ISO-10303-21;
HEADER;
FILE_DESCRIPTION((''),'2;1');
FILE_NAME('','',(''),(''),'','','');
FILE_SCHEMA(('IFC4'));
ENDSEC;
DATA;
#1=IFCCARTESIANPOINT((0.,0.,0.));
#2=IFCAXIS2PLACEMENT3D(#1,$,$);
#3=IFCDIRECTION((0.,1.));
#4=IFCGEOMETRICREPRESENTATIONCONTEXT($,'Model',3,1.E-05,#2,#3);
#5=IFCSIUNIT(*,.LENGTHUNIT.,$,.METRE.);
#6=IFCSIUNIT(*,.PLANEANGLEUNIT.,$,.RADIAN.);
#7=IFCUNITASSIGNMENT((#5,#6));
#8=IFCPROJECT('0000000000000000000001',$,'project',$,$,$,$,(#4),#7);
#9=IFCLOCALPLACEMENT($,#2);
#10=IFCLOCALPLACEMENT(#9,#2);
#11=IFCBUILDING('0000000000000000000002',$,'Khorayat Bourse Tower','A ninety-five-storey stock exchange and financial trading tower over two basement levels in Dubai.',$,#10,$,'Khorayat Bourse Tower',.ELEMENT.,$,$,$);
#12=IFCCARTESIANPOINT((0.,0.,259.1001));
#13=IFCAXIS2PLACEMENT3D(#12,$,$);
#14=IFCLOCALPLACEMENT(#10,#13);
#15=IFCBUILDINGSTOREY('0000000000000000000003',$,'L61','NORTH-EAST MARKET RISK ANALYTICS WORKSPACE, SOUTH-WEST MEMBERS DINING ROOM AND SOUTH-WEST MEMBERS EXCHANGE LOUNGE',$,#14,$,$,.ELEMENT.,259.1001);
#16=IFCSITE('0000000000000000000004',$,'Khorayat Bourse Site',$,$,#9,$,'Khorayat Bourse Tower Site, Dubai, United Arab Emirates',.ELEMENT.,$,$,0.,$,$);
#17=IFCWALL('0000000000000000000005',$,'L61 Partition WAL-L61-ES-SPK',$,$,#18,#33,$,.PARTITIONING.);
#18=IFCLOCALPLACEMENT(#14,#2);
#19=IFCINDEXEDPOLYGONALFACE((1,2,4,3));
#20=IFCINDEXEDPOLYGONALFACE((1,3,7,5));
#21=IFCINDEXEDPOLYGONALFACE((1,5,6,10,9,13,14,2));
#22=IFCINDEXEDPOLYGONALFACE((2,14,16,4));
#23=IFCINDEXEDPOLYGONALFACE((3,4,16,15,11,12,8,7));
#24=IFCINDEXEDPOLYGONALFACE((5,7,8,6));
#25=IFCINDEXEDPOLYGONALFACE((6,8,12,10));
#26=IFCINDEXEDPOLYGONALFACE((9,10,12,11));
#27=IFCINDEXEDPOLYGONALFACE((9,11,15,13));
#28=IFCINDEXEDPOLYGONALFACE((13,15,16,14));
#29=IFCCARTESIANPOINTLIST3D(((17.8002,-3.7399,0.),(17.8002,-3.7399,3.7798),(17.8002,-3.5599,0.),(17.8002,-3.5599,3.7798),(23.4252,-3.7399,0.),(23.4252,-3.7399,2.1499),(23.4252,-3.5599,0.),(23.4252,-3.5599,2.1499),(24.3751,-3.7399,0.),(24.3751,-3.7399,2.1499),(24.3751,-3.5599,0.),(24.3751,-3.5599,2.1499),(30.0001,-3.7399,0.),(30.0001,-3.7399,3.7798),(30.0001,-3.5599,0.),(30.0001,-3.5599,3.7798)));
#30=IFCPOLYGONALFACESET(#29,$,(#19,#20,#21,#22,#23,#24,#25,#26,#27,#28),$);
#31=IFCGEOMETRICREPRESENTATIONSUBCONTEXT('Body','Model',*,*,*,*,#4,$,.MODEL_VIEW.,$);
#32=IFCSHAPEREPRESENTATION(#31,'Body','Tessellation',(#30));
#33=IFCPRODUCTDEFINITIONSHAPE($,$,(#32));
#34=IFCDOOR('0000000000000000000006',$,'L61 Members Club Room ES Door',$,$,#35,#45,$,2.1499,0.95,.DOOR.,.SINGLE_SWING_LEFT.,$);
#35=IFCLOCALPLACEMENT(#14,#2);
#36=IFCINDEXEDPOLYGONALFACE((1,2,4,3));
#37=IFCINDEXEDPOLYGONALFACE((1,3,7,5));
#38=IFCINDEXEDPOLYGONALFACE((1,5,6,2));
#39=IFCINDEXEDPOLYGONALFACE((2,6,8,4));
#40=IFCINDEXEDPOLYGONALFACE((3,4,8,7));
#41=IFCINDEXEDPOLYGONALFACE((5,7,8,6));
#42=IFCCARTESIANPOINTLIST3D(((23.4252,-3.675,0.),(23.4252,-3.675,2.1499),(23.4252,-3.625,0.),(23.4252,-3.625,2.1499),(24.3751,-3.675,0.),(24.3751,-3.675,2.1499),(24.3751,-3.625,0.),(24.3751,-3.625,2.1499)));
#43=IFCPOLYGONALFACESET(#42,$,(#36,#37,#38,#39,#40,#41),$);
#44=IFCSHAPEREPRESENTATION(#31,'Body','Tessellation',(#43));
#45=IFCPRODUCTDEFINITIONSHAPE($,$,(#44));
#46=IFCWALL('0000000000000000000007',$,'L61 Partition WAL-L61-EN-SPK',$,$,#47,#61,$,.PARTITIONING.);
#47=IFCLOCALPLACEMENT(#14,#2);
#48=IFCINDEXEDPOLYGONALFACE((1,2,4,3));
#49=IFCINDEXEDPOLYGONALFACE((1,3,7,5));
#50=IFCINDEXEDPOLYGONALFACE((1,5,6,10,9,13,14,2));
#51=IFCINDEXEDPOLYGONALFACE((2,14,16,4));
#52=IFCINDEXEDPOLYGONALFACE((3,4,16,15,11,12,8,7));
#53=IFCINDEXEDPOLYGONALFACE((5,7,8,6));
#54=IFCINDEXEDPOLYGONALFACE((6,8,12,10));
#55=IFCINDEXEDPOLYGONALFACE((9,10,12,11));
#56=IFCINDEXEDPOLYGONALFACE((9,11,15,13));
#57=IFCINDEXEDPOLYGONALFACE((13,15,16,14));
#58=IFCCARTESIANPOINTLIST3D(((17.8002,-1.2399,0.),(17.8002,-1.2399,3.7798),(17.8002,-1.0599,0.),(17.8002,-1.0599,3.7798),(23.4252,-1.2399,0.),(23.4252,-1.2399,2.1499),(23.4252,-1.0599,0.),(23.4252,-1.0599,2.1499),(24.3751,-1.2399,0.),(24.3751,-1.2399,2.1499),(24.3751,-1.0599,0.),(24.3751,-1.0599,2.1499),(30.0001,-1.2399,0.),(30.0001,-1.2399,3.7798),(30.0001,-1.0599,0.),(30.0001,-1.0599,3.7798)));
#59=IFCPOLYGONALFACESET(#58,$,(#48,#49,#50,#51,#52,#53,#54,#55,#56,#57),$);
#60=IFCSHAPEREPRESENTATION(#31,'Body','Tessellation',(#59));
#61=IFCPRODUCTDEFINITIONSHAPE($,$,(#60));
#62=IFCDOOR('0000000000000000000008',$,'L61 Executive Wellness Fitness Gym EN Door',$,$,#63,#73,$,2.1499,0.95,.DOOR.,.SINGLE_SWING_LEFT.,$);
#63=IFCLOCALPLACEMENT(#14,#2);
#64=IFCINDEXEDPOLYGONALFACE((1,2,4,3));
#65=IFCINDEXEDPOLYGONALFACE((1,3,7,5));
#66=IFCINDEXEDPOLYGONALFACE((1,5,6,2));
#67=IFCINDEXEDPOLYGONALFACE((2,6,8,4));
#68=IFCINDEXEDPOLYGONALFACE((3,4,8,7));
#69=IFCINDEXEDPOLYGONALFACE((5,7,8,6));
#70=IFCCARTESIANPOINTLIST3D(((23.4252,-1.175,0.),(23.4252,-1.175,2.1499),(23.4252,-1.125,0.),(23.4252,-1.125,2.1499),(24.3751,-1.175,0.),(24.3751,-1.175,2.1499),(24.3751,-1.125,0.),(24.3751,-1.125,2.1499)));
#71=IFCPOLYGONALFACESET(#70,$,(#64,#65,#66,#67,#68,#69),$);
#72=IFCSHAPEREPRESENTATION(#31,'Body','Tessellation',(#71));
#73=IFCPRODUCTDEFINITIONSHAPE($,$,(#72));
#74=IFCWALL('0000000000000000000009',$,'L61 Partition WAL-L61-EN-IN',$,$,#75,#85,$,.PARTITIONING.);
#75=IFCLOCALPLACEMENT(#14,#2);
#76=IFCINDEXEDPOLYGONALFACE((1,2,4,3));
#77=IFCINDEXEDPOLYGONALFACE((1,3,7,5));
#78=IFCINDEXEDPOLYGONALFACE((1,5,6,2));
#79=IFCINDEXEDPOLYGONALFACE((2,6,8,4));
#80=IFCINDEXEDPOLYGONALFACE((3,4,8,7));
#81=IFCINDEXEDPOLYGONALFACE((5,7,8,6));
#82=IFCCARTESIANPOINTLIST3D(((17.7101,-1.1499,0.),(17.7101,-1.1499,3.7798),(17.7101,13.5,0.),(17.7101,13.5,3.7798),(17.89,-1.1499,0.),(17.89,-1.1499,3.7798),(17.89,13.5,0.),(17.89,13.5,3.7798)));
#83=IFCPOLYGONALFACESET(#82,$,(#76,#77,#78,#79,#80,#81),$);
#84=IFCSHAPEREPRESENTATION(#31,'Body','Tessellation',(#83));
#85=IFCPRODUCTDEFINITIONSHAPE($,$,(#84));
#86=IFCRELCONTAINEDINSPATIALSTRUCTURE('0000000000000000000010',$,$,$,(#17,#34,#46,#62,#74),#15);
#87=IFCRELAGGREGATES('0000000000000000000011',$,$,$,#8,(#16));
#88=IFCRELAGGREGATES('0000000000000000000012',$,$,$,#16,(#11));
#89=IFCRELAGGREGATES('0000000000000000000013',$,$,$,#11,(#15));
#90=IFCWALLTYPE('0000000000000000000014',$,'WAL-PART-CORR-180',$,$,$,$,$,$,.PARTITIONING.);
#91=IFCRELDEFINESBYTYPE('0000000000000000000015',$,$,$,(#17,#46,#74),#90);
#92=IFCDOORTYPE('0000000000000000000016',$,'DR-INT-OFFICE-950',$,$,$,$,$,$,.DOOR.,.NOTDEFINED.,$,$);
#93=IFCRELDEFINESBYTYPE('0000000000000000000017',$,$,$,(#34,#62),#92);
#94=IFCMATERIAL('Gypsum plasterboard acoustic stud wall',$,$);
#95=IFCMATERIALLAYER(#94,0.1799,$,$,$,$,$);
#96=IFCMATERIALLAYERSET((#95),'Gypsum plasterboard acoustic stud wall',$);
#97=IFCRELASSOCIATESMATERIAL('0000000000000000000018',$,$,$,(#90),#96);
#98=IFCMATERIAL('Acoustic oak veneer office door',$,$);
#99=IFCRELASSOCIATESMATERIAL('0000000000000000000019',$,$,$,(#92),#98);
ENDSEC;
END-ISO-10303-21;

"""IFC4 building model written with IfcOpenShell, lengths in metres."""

from ifc_helpers import new_model, si_unit, direction, frame, frame_2d, origin, place, context, subcontext, project, spatial, rectangle, extrude, source, transform, mapped, material, layer, layer_set, type_object, element, fill, save


model = new_model("IFC4")

# Units and contexts
model_context = context("Model", 3, precision=1e-05, world=origin(), true_north=direction((0.0, 1.0)))
body_context = subcontext(model_context, "Body", "Model", "MODEL_VIEW")
ifc_project = project(units=[si_unit("LENGTHUNIT", "METRE"), si_unit("PLANEANGLEUNIT", "RADIAN")], contexts=[model_context])

# Site, building, storey
site_placement = place(None, origin())
site = spatial("IfcSite", under=ifc_project, at=site_placement, Name="Khorayat Bourse Site", LongName="Khorayat Bourse Tower Site, Dubai, United Arab Emirates", CompositionType="ELEMENT", RefElevation=0.0)
building_placement = place(site_placement, origin())
building = spatial("IfcBuilding", under=site, at=building_placement, Name="Khorayat Bourse Tower", Description="A ninety-five-storey stock exchange and financial trading tower over two basement levels in Dubai.", LongName="Khorayat Bourse Tower", CompositionType="ELEMENT")
storey_placement = place(building_placement, frame((0.0, 0.0, 259.1001)))
storey = spatial("IfcBuildingStorey", under=building, at=storey_placement, Name="L61", Description="NORTH-EAST MARKET RISK ANALYTICS WORKSPACE, SOUTH-WEST MEMBERS DINING ROOM AND SOUTH-WEST MEMBERS EXCHANGE LOUNGE", CompositionType="ELEMENT", Elevation=259.1001)

# Shared definitions
ifc_material_1 = material(Name="Gypsum plasterboard acoustic stud wall")
ifc_layer_1 = layer(ifc_material_1, 0.1799)
ifc_layer_set_1 = layer_set([ifc_layer_1], Name="Gypsum plasterboard acoustic stud wall")
wall_type_1 = type_object("IfcWallType", Name="WAL-PART-CORR-180", PredefinedType="PARTITIONING", material=ifc_layer_set_1)

# Walls, openings, doors
shared_shape_1 = source(origin(), body_context, "Body", "SweptSolid", [
    extrude(rectangle(XDim=12.2, YDim=0.1799, at=frame_2d((6.1001, 0.0))), origin(), (0.0, 0.0, 1.0), 3.7798),
])
wall_1_placement = place(storey_placement, frame((17.8, -3.6499, 0.0), z_axis=(0.0, 0.0, 1.0), x_axis=(1.0, 0.0, 0.0)))
wall_1 = element("IfcWall", 1, at=wall_1_placement, inside=storey, type_object=wall_type_1, Name="L61 Partition WAL-L61-ES-SPK", PredefinedType="PARTITIONING", context=body_context, shape_type="MappedRepresentation", body=[
    mapped(shared_shape_1, transform((0.0, 0.0, 0.0), scale=1.0)),
])
shared_shape_2 = source(origin(), body_context, "Body", "SweptSolid", [
    extrude(rectangle(XDim=0.95, YDim=2.1499, at=frame_2d((0.4751, 1.075))), frame((0.0, 0.0999, 0.0), z_axis=(0.0, -1.0, 0.0), x_axis=(1.0, 0.0, 0.0)), (0.0, 0.0, 1.0), 0.2),
])
opening_1_placement = place(wall_1_placement, frame((5.625, 0.0, 0.0)))
opening_1 = element("IfcOpeningElement", 2, at=opening_1_placement, cuts=wall_1, PredefinedType="OPENING", context=body_context, shape_type="MappedRepresentation", body=[
    mapped(shared_shape_2, transform((0.0, 0.0, 0.0), scale=1.0)),
])
ifc_material_2 = material(Name="Acoustic oak veneer office door")
door_type = type_object("IfcDoorType", Name="DR-INT-OFFICE-950", OperationType="NOTDEFINED", PredefinedType="DOOR", material=ifc_material_2)
shared_shape_3 = source(origin(), body_context, "Body", "SweptSolid", [
    extrude(rectangle(XDim=0.95, YDim=2.1499, at=frame_2d((0.4751, 1.075))), frame((0.0, 0.0249, 0.0), z_axis=(0.0, -1.0, 0.0), x_axis=(1.0, 0.0, 0.0)), (0.0, 0.0, 1.0), 0.05),
])
door_1_placement = place(opening_1_placement, origin())
door_1 = element("IfcDoor", 3, at=door_1_placement, inside=storey, type_object=door_type, Name="L61 Members Club Room ES Door", OperationType="SINGLE_SWING_LEFT", OverallHeight=2.1499, OverallWidth=0.95, PredefinedType="DOOR", context=body_context, shape_type="MappedRepresentation", body=[
    mapped(shared_shape_3, transform((0.0, 0.0, 0.0), scale=1.0)),
])
fill(opening_1, door_1)
wall_2_placement = place(storey_placement, frame((17.8, -1.1499, 0.0), z_axis=(0.0, 0.0, 1.0), x_axis=(1.0, 0.0, 0.0)))
wall_2 = element("IfcWall", 4, at=wall_2_placement, inside=storey, type_object=wall_type_1, Name="L61 Partition WAL-L61-EN-SPK", PredefinedType="PARTITIONING", context=body_context, shape_type="MappedRepresentation", body=[
    mapped(shared_shape_1, transform((0.0, 0.0, 0.0), scale=1.0)),
])
opening_2_placement = place(wall_2_placement, frame((5.625, 0.0, 0.0)))
opening_2 = element("IfcOpeningElement", 5, at=opening_2_placement, cuts=wall_2, PredefinedType="OPENING", context=body_context, shape_type="MappedRepresentation", body=[
    mapped(shared_shape_2, transform((0.0, 0.0, 0.0), scale=1.0)),
])
door_2_placement = place(opening_2_placement, origin())
door_2 = element("IfcDoor", 6, at=door_2_placement, inside=storey, type_object=door_type, Name="L61 Executive Wellness Fitness Gym EN Door", OperationType="SINGLE_SWING_LEFT", OverallHeight=2.1499, OverallWidth=0.95, PredefinedType="DOOR", context=body_context, shape_type="MappedRepresentation", body=[
    mapped(shared_shape_3, transform((0.0, 0.0, 0.0), scale=1.0)),
])
fill(opening_2, door_2)

# Wall
shared_shape_4 = source(origin(), body_context, "Body", "SweptSolid", [
    extrude(rectangle(XDim=14.6499, YDim=0.1799, at=frame_2d((7.325, 0.0))), origin(), (0.0, 0.0, 1.0), 3.7798),
])
wall_3_placement = place(storey_placement, frame((17.8, -1.1499, 0.0), z_axis=(0.0, 0.0, 1.0), x_axis=(0.0, 1.0, 0.0)))
element("IfcWall", 7, at=wall_3_placement, inside=storey, type_object=wall_type_1, Name="L61 Partition WAL-L61-EN-IN", PredefinedType="PARTITIONING", context=body_context, shape_type="MappedRepresentation", body=[
    mapped(shared_shape_4, transform((0.0, 0.0, 0.0), scale=1.0)),
])

save(model, "model.ifc")
